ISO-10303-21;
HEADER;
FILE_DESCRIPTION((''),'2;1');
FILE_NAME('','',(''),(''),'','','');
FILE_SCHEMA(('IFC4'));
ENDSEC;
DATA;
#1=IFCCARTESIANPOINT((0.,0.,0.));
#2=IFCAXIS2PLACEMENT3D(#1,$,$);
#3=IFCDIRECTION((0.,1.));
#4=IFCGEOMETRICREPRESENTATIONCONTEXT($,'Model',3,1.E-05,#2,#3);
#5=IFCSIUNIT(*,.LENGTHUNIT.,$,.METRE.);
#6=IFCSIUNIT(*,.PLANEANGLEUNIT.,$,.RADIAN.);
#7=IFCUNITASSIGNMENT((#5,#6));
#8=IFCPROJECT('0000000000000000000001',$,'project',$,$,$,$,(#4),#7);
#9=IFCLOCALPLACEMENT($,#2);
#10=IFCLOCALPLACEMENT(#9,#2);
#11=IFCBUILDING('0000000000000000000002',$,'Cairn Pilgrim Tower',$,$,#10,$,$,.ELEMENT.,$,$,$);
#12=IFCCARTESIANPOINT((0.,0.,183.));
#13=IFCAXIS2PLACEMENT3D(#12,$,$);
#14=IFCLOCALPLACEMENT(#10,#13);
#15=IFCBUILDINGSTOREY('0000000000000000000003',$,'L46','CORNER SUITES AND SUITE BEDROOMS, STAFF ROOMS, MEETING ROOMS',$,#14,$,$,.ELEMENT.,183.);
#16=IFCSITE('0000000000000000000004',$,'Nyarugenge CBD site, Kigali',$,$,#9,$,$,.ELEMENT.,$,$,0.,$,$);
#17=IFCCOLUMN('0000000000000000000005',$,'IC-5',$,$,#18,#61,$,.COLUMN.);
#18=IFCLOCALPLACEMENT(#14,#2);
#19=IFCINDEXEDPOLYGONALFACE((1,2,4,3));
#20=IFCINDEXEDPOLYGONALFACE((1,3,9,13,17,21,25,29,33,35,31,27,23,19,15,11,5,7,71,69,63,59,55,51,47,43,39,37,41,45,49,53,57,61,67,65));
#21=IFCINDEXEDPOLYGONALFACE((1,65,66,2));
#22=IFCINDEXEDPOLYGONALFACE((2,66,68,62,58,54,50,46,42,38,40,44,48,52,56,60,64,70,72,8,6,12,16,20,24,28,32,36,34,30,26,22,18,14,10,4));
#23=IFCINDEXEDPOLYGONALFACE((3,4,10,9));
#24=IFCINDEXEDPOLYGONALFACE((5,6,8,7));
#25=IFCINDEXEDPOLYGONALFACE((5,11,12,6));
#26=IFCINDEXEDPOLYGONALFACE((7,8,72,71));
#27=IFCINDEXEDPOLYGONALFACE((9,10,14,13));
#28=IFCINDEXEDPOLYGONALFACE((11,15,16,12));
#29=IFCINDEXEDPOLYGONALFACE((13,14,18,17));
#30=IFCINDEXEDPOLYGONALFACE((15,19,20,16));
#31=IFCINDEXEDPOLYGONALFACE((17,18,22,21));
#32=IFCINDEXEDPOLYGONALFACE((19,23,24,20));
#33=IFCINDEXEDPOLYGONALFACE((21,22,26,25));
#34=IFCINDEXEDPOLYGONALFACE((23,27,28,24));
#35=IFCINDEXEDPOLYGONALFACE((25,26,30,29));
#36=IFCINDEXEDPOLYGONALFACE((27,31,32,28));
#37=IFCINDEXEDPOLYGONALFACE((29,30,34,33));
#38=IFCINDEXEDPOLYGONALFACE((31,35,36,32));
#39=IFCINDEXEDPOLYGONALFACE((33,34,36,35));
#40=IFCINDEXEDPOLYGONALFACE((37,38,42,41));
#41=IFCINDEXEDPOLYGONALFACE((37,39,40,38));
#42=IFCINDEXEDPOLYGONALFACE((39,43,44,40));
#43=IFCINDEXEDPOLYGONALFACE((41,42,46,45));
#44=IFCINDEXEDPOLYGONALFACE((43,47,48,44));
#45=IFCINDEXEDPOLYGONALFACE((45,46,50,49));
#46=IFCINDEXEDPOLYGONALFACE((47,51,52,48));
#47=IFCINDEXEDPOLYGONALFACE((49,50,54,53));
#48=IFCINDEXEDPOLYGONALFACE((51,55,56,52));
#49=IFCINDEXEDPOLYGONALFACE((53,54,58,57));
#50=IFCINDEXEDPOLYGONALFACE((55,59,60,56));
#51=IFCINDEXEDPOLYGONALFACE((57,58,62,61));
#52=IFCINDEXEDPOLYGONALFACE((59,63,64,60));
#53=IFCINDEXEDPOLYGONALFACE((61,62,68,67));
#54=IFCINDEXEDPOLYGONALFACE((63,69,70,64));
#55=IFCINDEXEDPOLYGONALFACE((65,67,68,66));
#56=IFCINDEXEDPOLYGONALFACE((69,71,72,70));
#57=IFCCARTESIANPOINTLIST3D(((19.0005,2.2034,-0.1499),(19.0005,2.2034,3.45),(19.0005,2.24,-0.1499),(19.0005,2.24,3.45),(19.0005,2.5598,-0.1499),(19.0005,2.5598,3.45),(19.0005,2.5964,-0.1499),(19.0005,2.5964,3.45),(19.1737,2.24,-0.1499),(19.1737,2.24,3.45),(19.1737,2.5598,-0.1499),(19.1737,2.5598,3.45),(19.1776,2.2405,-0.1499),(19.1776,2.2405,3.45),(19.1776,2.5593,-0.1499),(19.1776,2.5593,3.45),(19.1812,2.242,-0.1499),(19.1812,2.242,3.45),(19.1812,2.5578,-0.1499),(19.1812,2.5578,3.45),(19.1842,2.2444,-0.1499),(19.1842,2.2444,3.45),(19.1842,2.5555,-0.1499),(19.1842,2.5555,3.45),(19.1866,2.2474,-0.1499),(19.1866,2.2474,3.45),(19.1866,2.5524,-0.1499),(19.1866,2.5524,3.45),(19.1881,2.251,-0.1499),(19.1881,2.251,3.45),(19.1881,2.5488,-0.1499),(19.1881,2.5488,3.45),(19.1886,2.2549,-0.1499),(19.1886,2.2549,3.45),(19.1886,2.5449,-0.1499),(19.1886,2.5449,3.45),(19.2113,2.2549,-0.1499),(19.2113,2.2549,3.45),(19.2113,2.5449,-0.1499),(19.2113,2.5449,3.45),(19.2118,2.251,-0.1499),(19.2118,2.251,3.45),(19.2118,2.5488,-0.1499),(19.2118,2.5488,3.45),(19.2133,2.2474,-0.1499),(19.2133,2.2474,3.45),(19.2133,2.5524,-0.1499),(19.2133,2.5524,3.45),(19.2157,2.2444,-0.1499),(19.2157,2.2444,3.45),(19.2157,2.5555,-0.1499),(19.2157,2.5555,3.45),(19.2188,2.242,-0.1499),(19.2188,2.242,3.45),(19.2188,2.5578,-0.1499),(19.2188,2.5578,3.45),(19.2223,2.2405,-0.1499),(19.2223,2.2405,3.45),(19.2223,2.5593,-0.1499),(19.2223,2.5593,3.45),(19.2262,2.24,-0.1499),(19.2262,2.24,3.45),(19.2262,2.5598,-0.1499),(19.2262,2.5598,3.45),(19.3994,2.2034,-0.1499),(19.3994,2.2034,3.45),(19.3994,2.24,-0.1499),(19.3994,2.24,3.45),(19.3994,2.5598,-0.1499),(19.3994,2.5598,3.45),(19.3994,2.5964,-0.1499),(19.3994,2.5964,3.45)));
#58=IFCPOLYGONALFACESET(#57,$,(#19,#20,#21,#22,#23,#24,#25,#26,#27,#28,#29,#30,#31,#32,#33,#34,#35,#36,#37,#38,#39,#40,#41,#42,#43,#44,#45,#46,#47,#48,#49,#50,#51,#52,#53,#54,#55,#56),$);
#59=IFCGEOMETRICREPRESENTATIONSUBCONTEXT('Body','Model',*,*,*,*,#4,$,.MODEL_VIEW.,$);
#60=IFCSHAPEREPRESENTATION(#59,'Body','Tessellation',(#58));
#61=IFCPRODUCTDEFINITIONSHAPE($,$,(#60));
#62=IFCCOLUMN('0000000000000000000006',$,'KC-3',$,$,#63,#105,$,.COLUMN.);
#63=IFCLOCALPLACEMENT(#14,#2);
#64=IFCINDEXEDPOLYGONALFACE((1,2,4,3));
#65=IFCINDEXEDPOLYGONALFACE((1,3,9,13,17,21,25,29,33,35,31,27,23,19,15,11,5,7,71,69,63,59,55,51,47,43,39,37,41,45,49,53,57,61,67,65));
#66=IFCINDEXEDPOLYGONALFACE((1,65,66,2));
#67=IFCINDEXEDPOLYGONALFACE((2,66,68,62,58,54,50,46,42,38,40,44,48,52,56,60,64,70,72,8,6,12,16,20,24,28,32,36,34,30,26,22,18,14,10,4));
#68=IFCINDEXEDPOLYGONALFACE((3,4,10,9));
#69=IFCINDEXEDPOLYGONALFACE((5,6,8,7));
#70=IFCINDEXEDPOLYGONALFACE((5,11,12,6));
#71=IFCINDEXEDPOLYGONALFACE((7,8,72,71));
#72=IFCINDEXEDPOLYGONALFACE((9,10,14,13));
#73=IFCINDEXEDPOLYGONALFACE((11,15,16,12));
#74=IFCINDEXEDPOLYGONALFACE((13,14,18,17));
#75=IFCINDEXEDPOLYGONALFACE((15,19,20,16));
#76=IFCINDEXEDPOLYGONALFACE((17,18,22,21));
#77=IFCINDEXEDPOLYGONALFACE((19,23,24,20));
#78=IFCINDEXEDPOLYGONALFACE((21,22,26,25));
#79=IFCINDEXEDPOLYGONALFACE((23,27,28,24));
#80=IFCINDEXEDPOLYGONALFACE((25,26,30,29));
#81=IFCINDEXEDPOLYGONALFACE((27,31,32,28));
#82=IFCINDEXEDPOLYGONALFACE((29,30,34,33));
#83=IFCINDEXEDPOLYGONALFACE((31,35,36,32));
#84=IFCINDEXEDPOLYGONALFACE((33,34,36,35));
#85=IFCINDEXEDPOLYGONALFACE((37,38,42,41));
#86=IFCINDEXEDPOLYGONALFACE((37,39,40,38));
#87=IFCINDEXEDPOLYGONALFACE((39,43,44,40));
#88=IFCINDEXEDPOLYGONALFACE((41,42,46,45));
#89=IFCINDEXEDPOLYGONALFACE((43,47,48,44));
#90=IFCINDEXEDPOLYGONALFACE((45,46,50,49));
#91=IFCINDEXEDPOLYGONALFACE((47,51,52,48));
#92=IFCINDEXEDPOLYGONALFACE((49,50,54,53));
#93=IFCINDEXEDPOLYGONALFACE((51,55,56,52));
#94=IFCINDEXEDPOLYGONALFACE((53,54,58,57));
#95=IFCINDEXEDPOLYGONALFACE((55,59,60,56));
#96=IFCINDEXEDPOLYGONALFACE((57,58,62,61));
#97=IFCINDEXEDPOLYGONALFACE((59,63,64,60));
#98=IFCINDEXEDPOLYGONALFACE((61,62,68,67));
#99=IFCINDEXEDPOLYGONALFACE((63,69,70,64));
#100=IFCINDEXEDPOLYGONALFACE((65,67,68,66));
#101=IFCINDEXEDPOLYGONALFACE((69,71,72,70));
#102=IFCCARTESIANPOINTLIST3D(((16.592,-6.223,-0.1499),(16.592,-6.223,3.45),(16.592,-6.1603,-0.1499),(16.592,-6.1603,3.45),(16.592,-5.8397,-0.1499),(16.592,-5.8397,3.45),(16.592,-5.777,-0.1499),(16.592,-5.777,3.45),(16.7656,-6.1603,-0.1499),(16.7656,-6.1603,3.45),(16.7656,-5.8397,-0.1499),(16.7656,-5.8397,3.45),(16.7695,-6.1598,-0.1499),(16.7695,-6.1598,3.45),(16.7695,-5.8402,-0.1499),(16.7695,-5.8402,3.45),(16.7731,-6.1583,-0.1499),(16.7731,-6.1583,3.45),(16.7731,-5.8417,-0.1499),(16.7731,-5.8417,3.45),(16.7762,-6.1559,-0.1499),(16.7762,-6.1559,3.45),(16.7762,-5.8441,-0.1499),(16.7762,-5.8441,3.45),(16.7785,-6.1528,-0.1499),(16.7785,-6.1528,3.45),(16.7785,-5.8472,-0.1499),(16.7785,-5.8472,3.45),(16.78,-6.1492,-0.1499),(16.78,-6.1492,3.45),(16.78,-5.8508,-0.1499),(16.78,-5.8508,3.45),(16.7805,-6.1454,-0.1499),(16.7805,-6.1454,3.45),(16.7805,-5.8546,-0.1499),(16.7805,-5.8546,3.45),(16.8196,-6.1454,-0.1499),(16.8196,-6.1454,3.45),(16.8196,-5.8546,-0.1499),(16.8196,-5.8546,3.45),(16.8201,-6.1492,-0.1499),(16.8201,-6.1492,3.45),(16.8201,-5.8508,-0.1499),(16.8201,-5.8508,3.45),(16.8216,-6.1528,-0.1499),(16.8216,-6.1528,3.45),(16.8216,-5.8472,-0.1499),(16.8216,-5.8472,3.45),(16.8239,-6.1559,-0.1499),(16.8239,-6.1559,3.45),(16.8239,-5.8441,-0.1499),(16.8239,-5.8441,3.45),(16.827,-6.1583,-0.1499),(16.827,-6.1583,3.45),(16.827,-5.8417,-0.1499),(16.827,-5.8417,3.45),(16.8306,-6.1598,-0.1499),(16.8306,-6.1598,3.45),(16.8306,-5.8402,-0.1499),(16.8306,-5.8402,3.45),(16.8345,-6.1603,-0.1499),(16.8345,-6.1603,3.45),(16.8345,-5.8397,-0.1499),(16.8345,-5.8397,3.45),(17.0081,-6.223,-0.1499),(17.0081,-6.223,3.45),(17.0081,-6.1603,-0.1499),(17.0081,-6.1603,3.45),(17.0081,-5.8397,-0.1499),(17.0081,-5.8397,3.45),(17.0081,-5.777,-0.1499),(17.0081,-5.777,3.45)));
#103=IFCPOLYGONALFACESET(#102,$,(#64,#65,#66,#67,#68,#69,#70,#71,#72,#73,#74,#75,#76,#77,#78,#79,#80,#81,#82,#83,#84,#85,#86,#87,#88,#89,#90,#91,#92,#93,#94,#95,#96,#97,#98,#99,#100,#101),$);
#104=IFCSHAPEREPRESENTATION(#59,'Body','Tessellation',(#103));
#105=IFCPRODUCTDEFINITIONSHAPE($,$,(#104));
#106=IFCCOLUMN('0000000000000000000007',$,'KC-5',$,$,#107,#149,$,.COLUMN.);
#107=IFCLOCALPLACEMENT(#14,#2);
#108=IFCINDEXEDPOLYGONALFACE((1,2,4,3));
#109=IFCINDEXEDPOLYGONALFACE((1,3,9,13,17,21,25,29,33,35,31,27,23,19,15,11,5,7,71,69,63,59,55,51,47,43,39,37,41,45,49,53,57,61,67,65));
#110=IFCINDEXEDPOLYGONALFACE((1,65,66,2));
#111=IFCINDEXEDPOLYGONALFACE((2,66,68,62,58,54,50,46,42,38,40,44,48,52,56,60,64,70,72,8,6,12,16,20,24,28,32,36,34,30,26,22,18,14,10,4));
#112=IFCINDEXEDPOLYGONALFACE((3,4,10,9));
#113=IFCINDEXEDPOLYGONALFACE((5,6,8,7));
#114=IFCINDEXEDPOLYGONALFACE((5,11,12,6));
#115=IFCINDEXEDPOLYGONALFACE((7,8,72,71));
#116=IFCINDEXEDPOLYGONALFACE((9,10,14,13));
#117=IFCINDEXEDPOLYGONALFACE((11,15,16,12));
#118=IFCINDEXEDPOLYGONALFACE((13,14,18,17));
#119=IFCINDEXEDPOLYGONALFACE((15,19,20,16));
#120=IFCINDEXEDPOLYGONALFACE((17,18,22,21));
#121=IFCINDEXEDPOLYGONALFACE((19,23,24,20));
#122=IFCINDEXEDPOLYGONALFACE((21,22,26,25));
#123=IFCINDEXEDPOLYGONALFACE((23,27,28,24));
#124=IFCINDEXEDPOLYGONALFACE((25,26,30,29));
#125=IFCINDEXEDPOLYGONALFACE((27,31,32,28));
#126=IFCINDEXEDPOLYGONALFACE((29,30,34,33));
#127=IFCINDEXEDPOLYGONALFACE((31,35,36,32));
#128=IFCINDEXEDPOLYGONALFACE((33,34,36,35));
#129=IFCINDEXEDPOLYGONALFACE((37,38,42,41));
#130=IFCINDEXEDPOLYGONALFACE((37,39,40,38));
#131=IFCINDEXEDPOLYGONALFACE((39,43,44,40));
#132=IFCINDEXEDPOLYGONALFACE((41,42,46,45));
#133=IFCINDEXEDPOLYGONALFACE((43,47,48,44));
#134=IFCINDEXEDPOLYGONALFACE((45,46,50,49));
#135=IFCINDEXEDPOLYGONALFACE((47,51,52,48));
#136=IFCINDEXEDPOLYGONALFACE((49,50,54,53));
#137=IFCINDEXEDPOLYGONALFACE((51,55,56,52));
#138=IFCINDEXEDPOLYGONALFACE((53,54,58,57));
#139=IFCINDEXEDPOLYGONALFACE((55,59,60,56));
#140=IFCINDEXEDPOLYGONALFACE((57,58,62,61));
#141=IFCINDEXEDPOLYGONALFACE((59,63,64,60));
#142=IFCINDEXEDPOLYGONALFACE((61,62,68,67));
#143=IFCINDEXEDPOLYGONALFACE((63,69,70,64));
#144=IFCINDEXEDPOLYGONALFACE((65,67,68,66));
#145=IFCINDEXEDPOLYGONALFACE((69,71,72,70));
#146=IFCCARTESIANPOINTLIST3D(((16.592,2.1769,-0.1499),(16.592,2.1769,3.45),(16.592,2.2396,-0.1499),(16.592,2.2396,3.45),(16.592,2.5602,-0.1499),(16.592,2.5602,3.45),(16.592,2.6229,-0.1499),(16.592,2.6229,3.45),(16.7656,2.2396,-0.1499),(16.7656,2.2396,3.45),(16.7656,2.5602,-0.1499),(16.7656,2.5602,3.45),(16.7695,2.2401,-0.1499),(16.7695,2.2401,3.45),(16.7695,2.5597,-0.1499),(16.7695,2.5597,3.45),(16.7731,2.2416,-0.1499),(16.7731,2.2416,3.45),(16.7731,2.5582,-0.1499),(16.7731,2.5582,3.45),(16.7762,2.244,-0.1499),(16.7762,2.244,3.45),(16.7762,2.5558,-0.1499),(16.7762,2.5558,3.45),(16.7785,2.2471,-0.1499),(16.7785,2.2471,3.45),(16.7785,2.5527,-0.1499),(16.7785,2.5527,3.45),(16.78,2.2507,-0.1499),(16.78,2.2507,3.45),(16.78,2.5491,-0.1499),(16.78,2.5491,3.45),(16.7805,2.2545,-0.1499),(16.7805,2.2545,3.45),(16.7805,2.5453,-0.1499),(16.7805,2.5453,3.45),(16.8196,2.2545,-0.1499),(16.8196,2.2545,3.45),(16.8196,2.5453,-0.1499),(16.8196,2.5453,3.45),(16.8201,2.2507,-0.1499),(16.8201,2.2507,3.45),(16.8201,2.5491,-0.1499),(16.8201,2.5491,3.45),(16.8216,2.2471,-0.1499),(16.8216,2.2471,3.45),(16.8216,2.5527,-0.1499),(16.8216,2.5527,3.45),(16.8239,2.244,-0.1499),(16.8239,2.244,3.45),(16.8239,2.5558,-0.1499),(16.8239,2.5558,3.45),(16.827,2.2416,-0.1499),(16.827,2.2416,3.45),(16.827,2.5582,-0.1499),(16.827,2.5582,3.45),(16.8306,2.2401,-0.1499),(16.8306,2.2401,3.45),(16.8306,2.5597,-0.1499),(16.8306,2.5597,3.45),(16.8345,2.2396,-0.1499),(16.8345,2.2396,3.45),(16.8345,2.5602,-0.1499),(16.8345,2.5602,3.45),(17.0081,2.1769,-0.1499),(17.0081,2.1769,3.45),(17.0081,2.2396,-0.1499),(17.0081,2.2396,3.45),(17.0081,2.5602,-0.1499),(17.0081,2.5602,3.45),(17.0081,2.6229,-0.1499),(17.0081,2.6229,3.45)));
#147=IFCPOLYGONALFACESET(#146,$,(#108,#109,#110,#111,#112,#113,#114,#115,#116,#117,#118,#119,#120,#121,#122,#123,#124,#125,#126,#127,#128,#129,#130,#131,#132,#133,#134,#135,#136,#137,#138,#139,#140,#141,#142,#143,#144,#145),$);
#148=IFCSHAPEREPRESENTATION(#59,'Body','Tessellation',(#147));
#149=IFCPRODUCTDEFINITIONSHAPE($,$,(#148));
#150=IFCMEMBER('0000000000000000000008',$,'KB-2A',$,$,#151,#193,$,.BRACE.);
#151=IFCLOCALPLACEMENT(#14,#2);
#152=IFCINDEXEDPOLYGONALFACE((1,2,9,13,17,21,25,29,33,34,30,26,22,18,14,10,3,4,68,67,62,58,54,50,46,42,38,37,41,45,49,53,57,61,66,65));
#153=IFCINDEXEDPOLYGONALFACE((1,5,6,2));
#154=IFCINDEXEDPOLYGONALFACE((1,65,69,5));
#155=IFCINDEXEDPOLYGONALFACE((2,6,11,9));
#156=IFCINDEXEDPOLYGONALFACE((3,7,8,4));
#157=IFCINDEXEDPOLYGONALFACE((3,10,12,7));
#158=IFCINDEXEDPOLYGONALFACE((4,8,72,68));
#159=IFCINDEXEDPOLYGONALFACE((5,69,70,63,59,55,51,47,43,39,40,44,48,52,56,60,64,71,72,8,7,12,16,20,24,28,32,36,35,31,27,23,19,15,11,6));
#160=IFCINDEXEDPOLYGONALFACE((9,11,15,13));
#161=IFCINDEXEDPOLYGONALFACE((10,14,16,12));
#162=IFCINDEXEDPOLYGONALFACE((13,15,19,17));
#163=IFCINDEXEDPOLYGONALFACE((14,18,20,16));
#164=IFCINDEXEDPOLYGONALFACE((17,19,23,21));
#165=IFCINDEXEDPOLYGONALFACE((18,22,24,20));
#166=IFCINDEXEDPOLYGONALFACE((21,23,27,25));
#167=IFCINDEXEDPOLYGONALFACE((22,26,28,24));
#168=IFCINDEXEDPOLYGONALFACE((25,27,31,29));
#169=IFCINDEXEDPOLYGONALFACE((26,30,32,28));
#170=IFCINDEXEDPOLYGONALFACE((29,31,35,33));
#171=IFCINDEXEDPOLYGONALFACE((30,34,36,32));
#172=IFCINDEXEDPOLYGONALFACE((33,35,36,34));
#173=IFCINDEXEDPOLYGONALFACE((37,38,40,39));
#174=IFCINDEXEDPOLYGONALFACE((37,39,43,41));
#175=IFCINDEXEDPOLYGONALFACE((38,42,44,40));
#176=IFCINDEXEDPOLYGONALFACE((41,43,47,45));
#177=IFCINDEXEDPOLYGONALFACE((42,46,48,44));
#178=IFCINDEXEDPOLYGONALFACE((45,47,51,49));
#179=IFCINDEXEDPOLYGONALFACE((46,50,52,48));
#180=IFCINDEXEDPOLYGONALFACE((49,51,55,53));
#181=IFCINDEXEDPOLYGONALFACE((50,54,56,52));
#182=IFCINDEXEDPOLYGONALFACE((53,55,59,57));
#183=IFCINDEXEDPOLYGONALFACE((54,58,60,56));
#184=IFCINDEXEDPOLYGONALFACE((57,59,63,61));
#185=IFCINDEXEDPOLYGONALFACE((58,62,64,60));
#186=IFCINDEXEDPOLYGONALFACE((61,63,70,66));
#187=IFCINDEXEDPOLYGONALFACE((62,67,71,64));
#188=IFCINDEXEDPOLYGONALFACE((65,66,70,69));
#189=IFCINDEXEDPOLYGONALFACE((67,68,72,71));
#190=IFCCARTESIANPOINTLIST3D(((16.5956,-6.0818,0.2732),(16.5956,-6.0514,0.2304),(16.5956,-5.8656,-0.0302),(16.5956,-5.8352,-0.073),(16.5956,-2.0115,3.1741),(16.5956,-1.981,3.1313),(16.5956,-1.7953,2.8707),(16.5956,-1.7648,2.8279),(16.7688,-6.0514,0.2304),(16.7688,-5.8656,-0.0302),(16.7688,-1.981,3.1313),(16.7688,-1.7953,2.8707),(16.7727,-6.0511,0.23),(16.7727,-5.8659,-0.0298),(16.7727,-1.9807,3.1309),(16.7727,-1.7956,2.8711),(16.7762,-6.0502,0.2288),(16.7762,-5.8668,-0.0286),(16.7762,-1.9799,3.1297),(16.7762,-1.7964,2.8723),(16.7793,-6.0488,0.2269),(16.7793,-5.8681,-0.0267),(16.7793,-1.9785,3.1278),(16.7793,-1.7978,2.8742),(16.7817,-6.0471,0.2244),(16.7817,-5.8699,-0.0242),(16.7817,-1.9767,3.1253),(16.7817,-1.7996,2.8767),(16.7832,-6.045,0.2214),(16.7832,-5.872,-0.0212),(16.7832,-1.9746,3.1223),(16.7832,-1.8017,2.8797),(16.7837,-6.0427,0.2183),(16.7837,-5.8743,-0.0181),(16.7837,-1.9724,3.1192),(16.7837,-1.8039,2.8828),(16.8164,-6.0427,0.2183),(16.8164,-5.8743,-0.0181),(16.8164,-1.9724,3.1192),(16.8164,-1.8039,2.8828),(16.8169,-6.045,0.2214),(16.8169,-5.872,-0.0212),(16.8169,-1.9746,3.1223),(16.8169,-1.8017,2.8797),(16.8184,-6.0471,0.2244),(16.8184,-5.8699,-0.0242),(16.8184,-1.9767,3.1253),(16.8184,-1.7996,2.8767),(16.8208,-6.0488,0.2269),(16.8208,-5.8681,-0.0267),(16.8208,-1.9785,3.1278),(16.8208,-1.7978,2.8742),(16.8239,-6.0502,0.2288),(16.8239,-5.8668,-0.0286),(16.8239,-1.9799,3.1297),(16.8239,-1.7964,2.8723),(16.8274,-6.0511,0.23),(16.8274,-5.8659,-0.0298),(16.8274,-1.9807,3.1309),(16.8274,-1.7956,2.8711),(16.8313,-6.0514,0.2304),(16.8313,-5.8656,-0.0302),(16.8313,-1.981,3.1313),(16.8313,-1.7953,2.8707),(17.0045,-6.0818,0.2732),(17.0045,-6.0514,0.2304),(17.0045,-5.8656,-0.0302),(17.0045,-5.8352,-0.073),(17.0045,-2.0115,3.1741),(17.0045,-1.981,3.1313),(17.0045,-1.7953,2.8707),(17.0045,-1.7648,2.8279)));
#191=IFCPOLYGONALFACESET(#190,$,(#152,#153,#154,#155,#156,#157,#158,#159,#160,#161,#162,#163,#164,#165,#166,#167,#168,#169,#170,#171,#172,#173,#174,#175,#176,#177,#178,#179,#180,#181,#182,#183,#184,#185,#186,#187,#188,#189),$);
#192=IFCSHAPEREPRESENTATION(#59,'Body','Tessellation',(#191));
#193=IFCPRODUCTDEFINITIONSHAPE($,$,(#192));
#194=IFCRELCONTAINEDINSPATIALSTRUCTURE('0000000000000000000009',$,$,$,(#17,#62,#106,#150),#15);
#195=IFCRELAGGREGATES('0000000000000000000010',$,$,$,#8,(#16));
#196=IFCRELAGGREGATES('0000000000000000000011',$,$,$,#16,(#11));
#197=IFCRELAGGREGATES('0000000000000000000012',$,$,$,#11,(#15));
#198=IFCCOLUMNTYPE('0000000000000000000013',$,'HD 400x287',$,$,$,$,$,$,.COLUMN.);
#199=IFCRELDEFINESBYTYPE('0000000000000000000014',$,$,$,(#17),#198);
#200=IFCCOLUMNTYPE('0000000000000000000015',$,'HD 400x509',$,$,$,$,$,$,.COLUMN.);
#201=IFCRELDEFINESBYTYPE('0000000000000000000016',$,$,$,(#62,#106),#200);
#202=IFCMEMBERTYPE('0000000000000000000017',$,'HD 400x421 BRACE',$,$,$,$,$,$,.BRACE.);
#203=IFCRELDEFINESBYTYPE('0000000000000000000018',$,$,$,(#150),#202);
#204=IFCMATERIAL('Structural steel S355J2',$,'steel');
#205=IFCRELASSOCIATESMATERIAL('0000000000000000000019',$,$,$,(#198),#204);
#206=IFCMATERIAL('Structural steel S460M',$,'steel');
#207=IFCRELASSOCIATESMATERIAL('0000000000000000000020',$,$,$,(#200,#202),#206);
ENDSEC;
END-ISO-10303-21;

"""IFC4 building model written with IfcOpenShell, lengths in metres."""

from ifc_helpers import new_model, si_unit, direction, frame, origin, origin_2d, place, context, subcontext, project, spatial, i_section, extrude, material, material_profile, profile_set, type_object, element, save


model = new_model("IFC4")

# Units and contexts
model_context = context("Model", 3, precision=1e-05, world=origin(), true_north=direction((0.0, 1.0)))
body_context = subcontext(model_context, "Body", "Model", "MODEL_VIEW")
ifc_project = project(units=[si_unit("LENGTHUNIT", "METRE"), si_unit("PLANEANGLEUNIT", "RADIAN")], contexts=[model_context])

# Site, building, storey
site_placement = place(None, origin())
site = spatial("IfcSite", under=ifc_project, at=site_placement, Name="Nyarugenge CBD site, Kigali", CompositionType="ELEMENT", RefElevation=0.0)
building_placement = place(site_placement, origin())
building = spatial("IfcBuilding", under=site, at=building_placement, Name="Cairn Pilgrim Tower", CompositionType="ELEMENT")
storey_placement = place(building_placement, frame((0.0, 0.0, 183.0)))
storey = spatial("IfcBuildingStorey", under=building, at=storey_placement, Name="L46", Description="CORNER SUITES AND SUITE BEDROOMS, STAFF ROOMS, MEETING ROOMS", CompositionType="ELEMENT", Elevation=183.0)

# Columns
ifc_material_1 = material(Name="Structural steel S355J2", Category="steel")
ifc_material_profile_1 = material_profile(ifc_material_1, i_section(OverallWidth=0.3989, OverallDepth=0.3931, WebThickness=0.0227, FlangeThickness=0.0366, FilletRadius=0.0149, at=origin_2d()), Name="HD 400x287")
ifc_profile_set_1 = profile_set([ifc_material_profile_1], Name="Structural steel S355J2")
column_type_1 = type_object("IfcColumnType", Name="HD 400x287", PredefinedType="COLUMN", material=ifc_profile_set_1)
column_placement = place(storey_placement, frame((19.2, 2.3999, -0.1499), z_axis=(0.0, 0.0, 1.0), x_axis=(1.0, 0.0, 0.0)))
element("IfcColumn", 1, at=column_placement, inside=storey, type_object=column_type_1, Name="IC-5", PredefinedType="COLUMN", context=body_context, shape_type="SweptSolid", body=[
    extrude(i_section(OverallWidth=0.3989, OverallDepth=0.3931, WebThickness=0.0227, FlangeThickness=0.0366, FilletRadius=0.0149, at=origin_2d()), origin(), (0.0, 0.0, 1.0), 3.5999),
])
ifc_material_2 = material(Name="Structural steel S460M", Category="steel")
ifc_material_profile_2 = material_profile(ifc_material_2, i_section(OverallWidth=0.416, OverallDepth=0.446, WebThickness=0.0391, FlangeThickness=0.0627, FilletRadius=0.0149, at=origin_2d()), Name="HD 400x509")
ifc_profile_set_2 = profile_set([ifc_material_profile_2], Name="Structural steel S460M")
column_type_2 = type_object("IfcColumnType", Name="HD 400x509", PredefinedType="COLUMN", material=ifc_profile_set_2)
for number, where, z_axis, x_axis, name in (
    (2, (16.8, -6.0, -0.1499), (0.0, 0.0, 1.0), (1.0, 0.0, 0.0), "KC-3"),
    (3, (16.8, 2.3999, -0.1499), (0.0, 0.0, 1.0), (1.0, 0.0, 0.0), "KC-5"),
):
    element("IfcColumn", number, at=place(storey_placement, frame(where, z_axis=z_axis, x_axis=x_axis)), inside=storey, type_object=column_type_2, Name=name, PredefinedType="COLUMN", context=body_context, shape_type="SweptSolid", body=[
        extrude(i_section(OverallWidth=0.416, OverallDepth=0.446, WebThickness=0.0391, FlangeThickness=0.0627, FilletRadius=0.0149, at=origin_2d()), origin(), (0.0, 0.0, 1.0), 3.5999),
    ])

# Member
ifc_material_profile_3 = material_profile(ifc_material_2, i_section(OverallWidth=0.4089, OverallDepth=0.425, WebThickness=0.0327, FlangeThickness=0.0525, FilletRadius=0.0149, at=origin_2d()), Name="HD 400x421")
ifc_profile_set_3 = profile_set([ifc_material_profile_3], Name="Structural steel S460M")
member_type = type_object("IfcMemberType", Name="HD 400x421 BRACE", PredefinedType="BRACE", material=ifc_profile_set_3)
member_1_placement = place(storey_placement, frame((16.8, -5.9585, 0.1001), z_axis=(0.0, 0.814347, 0.580378), x_axis=(-1.0, 0.0, 0.0)))
element("IfcMember", 4, at=member_1_placement, inside=storey, type_object=member_type, Name="KB-2A", PredefinedType="BRACE", context=body_context, shape_type="SweptSolid", body=[
    extrude(i_section(OverallWidth=0.4089, OverallDepth=0.425, WebThickness=0.0327, FlangeThickness=0.0525, FilletRadius=0.0149, at=origin_2d()), origin(), (0.0, 0.0, 1.0), 4.9983),
])

save(model, "model.ifc")
